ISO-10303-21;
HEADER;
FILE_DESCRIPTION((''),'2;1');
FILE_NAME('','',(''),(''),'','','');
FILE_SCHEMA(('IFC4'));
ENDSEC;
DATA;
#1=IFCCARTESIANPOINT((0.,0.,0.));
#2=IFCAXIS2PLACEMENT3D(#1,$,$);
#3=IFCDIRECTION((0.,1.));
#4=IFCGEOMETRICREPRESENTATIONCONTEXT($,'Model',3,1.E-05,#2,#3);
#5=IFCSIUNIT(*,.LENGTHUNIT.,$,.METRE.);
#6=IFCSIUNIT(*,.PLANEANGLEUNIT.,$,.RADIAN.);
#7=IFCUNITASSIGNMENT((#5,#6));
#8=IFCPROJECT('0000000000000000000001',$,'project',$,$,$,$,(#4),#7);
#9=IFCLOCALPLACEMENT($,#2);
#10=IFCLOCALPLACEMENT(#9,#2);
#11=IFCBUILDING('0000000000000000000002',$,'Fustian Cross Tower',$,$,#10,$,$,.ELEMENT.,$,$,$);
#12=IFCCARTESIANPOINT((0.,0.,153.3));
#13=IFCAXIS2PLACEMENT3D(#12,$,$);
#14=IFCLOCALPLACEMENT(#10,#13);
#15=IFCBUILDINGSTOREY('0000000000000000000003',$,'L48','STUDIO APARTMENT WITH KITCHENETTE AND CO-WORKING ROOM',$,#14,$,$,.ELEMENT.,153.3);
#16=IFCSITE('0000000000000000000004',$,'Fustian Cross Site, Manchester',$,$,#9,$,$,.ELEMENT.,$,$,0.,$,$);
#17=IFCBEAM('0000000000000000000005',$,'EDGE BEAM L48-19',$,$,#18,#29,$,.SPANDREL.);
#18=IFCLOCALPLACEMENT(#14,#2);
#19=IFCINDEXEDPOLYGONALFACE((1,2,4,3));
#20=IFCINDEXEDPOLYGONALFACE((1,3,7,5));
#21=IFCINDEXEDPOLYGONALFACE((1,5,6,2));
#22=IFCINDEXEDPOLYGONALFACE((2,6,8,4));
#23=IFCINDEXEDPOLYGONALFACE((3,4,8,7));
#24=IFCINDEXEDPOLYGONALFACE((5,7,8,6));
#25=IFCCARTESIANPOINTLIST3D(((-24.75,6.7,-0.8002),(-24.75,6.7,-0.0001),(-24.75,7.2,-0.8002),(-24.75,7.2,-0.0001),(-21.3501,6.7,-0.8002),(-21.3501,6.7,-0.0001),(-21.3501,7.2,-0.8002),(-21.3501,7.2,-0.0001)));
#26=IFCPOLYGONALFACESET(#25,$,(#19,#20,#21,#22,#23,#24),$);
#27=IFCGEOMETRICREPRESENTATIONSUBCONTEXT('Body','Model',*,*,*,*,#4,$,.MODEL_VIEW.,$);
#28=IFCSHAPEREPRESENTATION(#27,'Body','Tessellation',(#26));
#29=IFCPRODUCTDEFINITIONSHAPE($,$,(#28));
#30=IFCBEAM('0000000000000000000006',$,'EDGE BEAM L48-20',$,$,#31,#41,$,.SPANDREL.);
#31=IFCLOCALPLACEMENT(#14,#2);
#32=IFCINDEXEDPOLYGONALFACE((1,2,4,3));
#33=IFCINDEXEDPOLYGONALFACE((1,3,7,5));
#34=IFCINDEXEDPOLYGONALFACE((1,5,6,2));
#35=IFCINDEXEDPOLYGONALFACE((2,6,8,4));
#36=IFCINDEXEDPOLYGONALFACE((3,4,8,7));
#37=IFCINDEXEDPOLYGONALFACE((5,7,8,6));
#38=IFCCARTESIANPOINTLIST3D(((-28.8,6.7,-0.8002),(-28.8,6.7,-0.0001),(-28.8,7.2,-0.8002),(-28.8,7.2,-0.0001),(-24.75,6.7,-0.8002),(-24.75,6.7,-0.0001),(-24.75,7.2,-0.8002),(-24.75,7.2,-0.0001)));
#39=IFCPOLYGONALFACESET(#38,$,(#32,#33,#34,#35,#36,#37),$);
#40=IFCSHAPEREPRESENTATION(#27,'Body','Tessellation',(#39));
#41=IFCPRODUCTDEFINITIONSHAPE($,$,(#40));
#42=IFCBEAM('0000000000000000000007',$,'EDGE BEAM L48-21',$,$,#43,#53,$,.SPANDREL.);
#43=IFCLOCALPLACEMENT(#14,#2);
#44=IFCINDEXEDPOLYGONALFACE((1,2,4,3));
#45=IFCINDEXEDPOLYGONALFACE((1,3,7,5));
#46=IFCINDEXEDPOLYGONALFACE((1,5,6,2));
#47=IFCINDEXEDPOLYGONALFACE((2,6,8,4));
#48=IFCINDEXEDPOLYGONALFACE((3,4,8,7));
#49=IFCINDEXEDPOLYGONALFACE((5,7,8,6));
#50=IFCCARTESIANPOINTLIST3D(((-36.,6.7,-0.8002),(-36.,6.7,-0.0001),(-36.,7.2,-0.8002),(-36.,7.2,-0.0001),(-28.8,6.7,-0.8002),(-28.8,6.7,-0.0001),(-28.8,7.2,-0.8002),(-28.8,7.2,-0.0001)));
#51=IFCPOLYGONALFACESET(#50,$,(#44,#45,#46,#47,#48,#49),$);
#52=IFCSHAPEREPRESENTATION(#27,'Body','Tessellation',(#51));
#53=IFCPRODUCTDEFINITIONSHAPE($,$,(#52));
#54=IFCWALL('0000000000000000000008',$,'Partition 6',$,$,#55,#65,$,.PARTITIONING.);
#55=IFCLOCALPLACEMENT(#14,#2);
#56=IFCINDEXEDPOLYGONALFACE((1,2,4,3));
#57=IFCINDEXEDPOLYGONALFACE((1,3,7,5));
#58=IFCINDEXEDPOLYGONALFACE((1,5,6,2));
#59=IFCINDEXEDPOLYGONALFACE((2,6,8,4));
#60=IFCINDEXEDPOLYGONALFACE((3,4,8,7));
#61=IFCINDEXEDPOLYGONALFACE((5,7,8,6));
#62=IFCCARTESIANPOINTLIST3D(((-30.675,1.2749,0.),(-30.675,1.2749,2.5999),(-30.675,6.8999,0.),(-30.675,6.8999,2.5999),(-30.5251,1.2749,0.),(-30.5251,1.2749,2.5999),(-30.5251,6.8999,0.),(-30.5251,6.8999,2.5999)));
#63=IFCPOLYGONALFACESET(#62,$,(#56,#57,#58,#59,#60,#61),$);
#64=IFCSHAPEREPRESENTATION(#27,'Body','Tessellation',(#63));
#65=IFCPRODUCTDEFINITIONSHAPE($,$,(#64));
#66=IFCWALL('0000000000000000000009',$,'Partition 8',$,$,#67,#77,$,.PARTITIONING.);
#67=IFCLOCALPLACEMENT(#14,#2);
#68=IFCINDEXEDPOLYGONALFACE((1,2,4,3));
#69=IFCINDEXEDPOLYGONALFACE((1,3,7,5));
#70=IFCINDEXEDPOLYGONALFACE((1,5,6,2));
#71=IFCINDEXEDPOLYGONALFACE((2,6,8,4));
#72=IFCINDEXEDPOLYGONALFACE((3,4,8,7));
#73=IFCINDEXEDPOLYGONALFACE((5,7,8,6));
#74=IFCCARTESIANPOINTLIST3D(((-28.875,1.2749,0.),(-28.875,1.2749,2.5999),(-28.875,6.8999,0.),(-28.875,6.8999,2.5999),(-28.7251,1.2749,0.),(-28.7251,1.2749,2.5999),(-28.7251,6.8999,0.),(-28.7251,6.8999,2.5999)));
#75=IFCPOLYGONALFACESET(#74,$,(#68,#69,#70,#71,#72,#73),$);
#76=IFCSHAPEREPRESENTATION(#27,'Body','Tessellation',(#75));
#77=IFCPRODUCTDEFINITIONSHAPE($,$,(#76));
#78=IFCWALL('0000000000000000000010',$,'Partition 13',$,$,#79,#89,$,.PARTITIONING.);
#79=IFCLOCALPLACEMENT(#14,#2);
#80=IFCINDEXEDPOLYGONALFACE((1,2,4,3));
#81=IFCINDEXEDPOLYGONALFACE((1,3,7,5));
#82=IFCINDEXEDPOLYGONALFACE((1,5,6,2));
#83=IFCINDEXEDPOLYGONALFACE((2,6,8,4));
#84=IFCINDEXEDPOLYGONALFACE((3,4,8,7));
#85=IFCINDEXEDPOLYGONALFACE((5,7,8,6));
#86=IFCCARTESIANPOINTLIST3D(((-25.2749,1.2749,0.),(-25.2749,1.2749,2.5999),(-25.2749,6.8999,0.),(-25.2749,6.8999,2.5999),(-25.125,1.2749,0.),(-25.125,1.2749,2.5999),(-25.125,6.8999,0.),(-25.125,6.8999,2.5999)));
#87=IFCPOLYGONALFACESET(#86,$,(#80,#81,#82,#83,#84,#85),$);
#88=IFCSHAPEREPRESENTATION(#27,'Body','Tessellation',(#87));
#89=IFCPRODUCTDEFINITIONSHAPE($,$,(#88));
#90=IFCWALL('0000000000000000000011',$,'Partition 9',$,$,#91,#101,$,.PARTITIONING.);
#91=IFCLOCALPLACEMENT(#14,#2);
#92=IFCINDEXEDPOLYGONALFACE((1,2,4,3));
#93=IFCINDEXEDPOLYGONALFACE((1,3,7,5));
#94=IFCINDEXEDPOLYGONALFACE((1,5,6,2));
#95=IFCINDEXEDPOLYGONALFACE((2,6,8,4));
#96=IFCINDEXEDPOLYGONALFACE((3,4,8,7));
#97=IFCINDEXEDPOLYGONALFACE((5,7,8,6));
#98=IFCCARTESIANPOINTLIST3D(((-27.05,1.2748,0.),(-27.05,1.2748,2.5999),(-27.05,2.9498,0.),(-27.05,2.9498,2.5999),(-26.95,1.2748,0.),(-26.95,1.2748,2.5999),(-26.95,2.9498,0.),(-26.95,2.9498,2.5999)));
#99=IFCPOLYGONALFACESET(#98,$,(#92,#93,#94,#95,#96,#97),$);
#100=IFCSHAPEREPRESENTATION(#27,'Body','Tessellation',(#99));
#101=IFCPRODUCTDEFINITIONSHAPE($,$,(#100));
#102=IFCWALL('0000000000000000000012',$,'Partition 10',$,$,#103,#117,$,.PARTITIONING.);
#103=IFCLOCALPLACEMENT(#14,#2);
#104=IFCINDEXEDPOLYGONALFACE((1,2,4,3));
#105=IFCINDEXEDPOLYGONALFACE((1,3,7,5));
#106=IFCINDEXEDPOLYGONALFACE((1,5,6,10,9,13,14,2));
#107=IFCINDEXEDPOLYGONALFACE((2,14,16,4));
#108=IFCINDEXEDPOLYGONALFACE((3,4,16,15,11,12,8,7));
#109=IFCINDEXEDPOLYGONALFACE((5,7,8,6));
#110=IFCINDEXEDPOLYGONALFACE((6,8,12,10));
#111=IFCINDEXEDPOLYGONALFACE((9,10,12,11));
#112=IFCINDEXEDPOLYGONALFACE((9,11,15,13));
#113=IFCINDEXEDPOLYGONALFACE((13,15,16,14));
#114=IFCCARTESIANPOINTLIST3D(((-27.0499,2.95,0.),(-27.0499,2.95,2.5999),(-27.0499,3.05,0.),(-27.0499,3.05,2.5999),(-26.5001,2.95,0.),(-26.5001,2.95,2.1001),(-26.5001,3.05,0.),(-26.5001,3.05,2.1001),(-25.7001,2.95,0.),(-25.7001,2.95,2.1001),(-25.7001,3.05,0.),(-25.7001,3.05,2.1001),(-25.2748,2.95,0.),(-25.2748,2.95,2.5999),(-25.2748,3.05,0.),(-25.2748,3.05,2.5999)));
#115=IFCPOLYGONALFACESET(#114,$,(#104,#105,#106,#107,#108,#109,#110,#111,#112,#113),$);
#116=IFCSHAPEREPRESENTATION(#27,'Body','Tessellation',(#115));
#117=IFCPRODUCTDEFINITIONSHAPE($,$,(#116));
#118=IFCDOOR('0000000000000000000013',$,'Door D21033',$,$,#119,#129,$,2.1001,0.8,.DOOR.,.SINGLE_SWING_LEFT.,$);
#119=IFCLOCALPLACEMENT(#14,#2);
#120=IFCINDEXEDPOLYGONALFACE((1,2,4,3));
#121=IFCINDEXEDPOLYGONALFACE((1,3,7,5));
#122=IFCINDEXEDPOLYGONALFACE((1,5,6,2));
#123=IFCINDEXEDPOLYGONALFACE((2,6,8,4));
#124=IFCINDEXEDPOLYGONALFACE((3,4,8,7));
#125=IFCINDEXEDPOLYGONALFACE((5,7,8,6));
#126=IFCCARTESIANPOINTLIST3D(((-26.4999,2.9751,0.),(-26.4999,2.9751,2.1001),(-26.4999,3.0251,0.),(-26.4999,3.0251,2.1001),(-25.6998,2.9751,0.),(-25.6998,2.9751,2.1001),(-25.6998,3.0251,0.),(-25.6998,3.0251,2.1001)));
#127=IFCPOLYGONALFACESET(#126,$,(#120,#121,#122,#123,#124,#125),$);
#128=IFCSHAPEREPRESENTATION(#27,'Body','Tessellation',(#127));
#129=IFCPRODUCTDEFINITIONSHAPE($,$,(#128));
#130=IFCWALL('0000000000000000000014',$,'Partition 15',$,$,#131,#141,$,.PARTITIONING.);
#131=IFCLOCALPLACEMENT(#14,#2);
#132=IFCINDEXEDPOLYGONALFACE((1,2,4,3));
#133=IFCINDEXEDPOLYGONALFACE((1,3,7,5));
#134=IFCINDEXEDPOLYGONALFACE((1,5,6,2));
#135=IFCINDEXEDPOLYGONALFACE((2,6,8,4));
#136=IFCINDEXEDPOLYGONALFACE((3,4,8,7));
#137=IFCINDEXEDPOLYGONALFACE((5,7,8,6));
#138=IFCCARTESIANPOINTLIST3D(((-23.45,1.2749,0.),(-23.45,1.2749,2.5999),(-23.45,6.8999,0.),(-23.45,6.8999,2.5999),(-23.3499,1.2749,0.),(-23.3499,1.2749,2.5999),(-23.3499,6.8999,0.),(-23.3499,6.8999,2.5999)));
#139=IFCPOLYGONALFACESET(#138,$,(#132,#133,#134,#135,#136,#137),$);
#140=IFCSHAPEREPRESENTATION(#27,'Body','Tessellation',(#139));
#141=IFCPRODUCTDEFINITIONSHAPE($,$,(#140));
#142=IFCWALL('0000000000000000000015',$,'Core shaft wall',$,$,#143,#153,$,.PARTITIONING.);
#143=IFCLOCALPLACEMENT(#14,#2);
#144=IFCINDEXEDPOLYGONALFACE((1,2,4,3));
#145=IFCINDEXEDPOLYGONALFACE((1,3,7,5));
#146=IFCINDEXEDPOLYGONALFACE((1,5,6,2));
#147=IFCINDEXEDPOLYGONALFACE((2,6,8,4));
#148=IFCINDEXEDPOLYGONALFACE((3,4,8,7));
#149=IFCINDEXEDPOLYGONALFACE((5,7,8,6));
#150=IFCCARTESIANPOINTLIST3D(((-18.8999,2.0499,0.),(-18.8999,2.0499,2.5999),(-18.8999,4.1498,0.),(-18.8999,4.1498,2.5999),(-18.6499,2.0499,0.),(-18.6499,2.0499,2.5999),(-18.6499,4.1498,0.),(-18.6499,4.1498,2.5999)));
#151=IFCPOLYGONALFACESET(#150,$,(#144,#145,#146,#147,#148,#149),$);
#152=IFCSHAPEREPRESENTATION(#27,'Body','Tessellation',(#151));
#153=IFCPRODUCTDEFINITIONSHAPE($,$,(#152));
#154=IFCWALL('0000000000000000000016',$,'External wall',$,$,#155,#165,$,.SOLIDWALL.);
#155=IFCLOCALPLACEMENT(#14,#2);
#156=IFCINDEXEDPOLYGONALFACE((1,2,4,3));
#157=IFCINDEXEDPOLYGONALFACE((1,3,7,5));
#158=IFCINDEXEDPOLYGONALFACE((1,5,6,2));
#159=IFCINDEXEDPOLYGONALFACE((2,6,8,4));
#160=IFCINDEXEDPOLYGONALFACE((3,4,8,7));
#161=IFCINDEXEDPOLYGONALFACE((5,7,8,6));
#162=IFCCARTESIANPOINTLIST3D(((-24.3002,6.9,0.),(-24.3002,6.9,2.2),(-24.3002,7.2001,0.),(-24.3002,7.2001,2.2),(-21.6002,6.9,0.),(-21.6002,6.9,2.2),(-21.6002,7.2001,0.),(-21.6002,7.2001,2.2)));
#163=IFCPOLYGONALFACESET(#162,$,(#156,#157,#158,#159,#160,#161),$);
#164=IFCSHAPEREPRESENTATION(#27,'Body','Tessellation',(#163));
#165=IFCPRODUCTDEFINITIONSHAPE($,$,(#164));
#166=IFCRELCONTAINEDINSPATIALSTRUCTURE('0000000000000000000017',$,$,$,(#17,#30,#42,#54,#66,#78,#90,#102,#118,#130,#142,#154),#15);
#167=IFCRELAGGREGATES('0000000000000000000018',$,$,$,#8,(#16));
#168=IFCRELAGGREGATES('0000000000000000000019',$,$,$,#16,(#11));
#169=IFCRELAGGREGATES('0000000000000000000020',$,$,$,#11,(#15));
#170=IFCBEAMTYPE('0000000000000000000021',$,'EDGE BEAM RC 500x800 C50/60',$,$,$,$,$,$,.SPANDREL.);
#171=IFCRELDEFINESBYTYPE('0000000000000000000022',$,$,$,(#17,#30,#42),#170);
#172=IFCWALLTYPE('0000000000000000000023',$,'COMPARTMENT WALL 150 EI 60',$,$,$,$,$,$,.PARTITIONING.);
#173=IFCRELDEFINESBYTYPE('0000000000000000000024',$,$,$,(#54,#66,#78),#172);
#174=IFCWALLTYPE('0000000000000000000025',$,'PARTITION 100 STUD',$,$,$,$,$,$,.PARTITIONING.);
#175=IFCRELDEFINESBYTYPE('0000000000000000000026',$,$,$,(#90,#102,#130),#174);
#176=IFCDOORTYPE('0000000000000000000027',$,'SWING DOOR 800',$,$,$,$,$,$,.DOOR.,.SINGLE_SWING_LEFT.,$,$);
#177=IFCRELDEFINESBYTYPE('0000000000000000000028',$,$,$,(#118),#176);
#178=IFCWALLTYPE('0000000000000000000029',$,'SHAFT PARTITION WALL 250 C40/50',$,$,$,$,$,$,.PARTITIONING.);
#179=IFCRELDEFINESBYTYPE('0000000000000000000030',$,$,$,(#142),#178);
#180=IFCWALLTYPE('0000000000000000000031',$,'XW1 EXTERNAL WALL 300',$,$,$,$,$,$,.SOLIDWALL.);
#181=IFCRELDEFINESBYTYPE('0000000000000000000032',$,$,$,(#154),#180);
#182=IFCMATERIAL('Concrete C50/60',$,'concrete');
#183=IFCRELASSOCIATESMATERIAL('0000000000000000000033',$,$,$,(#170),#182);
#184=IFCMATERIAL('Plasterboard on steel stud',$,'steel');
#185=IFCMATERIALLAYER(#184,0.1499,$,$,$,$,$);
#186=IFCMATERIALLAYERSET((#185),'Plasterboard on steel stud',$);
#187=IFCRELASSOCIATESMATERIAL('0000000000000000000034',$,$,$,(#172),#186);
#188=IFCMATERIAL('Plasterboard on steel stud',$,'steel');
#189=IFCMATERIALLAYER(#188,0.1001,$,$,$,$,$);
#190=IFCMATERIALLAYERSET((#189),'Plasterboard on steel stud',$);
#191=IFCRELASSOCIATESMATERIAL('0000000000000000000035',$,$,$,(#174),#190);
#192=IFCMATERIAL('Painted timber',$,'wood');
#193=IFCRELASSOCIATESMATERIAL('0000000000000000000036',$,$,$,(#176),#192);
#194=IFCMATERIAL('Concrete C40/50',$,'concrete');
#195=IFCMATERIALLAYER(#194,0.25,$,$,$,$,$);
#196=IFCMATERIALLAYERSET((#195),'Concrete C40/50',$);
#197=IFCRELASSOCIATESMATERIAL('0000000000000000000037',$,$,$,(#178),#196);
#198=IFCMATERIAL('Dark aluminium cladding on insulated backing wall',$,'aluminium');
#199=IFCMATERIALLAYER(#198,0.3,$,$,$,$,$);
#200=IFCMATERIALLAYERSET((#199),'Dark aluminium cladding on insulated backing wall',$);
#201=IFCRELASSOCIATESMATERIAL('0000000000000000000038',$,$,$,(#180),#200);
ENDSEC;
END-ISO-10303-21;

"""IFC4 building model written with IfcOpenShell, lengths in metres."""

from ifc_helpers import new_model, si_unit, direction, frame, frame_2d, origin, origin_2d, place, context, subcontext, project, spatial, rectangle, extrude, material, layer, layer_set, material_profile, profile_set, type_object, element, fill, save


model = new_model("IFC4")

# Units and contexts
model_context = context("Model", 3, precision=1e-05, world=origin(), true_north=direction((0.0, 1.0)))
body_context = subcontext(model_context, "Body", "Model", "MODEL_VIEW")
ifc_project = project(units=[si_unit("LENGTHUNIT", "METRE"), si_unit("PLANEANGLEUNIT", "RADIAN")], contexts=[model_context])

# Site, building, storey
site_placement = place(None, origin())
site = spatial("IfcSite", under=ifc_project, at=site_placement, Name="Fustian Cross Site, Manchester", CompositionType="ELEMENT", RefElevation=0.0)
building_placement = place(site_placement, origin())
building = spatial("IfcBuilding", under=site, at=building_placement, Name="Fustian Cross Tower", CompositionType="ELEMENT")
storey_placement = place(building_placement, frame((0.0, 0.0, 153.3)))
storey = spatial("IfcBuildingStorey", under=building, at=storey_placement, Name="L48", Description="STUDIO APARTMENT WITH KITCHENETTE AND CO-WORKING ROOM", CompositionType="ELEMENT", Elevation=153.3)

# Beams
ifc_material_1 = material(Name="Concrete C50/60", Category="concrete")
ifc_material_profile_1 = material_profile(ifc_material_1, rectangle(XDim=0.5, YDim=0.8, at=origin_2d()), Name="RC 500x800")
ifc_profile_set_1 = profile_set([ifc_material_profile_1], Name="Concrete C50/60")
beam_type = type_object("IfcBeamType", Name="EDGE BEAM RC 500x800 C50/60", PredefinedType="SPANDREL", material=ifc_profile_set_1)
beam_1_placement = place(storey_placement, frame((-21.3501, 6.95, -0.4001), z_axis=(-1.0, 0.0, 0.0), x_axis=(0.0, -1.0, 0.0)))
element("IfcBeam", 1, at=beam_1_placement, inside=storey, type_object=beam_type, Name="EDGE BEAM L48-19", PredefinedType="SPANDREL", context=body_context, shape_type="SweptSolid", body=[
    extrude(rectangle(XDim=0.5, YDim=0.8, at=origin_2d()), origin(), (0.0, 0.0, 1.0), 3.3999),
])
beam_2_placement = place(storey_placement, frame((-24.75, 6.95, -0.4001), z_axis=(-1.0, 0.0, 0.0), x_axis=(0.0, -1.0, 0.0)))
element("IfcBeam", 2, at=beam_2_placement, inside=storey, type_object=beam_type, Name="EDGE BEAM L48-20", PredefinedType="SPANDREL", context=body_context, shape_type="SweptSolid", body=[
    extrude(rectangle(XDim=0.5, YDim=0.8, at=origin_2d()), origin(), (0.0, 0.0, 1.0), 4.05),
])
beam_3_placement = place(storey_placement, frame((-28.8, 6.95, -0.4001), z_axis=(-1.0, 0.0, 0.0), x_axis=(0.0, -1.0, 0.0)))
element("IfcBeam", 3, at=beam_3_placement, inside=storey, type_object=beam_type, Name="EDGE BEAM L48-21", PredefinedType="SPANDREL", context=body_context, shape_type="SweptSolid", body=[
    extrude(rectangle(XDim=0.5, YDim=0.8, at=origin_2d()), origin(), (0.0, 0.0, 1.0), 7.2),
])

# Walls
ifc_material_2 = material(Name="Plasterboard on steel stud", Category="steel")
ifc_layer_1 = layer(ifc_material_2, 0.1499)
ifc_layer_set_1 = layer_set([ifc_layer_1], Name="Plasterboard on steel stud")
wall_type_1 = type_object("IfcWallType", Name="COMPARTMENT WALL 150 EI 60", PredefinedType="PARTITIONING", material=ifc_layer_set_1)
for number, where, z_axis, x_axis, name in (
    (4, (-30.6001, 1.2749, 0.0), (0.0, 0.0, 1.0), (0.0, 1.0, 0.0), "Partition 6"),
    (5, (-28.8, 1.2749, 0.0), (0.0, 0.0, 1.0), (0.0, 1.0, 0.0), "Partition 8"),
    (6, (-25.2, 1.2749, 0.0), (0.0, 0.0, 1.0), (0.0, 1.0, 0.0), "Partition 13"),
):
    element("IfcWall", number, at=place(storey_placement, frame(where, z_axis=z_axis, x_axis=x_axis)), inside=storey, type_object=wall_type_1, Name=name, PredefinedType="PARTITIONING", context=body_context, shape_type="SweptSolid", body=[
        extrude(rectangle(XDim=5.625, YDim=0.1499, at=frame_2d((2.8125, 0.0))), origin(), (0.0, 0.0, 1.0), 2.5999),
    ])
ifc_material_3 = material(Name="Plasterboard on steel stud", Category="steel")
ifc_layer_2 = layer(ifc_material_3, 0.1001)
ifc_layer_set_2 = layer_set([ifc_layer_2], Name="Plasterboard on steel stud")
wall_type_2 = type_object("IfcWallType", Name="PARTITION 100 STUD", PredefinedType="PARTITIONING", material=ifc_layer_set_2)
wall_1_placement = place(storey_placement, frame((-27.0, 1.2749, 0.0), z_axis=(0.0, 0.0, 1.0), x_axis=(0.0, 1.0, 0.0)))
element("IfcWall", 7, at=wall_1_placement, inside=storey, type_object=wall_type_2, Name="Partition 9", PredefinedType="PARTITIONING", context=body_context, shape_type="SweptSolid", body=[
    extrude(rectangle(XDim=1.675, YDim=0.1001, at=frame_2d((0.8374, 0.0))), origin(), (0.0, 0.0, 1.0), 2.5999),
])

# Wall, opening, door
wall_2_placement = place(storey_placement, frame((-27.05, 3.0, 0.0), z_axis=(0.0, 0.0, 1.0), x_axis=(1.0, 0.0, 0.0)))
wall_2 = element("IfcWall", 8, at=wall_2_placement, inside=storey, type_object=wall_type_2, Name="Partition 10", PredefinedType="PARTITIONING", context=body_context, shape_type="SweptSolid", body=[
    extrude(rectangle(XDim=1.7751, YDim=0.1001, at=frame_2d((0.8877, 0.0))), origin(), (0.0, 0.0, 1.0), 2.5999),
])
opening_1_placement = place(wall_2_placement, frame((0.55, 0.0, 0.0)))
opening_1 = element("IfcOpeningElement", 9, at=opening_1_placement, cuts=wall_2, PredefinedType="OPENING", context=body_context, shape_type="SweptSolid", body=[
    extrude(rectangle(XDim=0.8, YDim=2.1001, at=frame_2d((0.3999, 1.05))), frame((0.0, 0.0601, 0.0), z_axis=(0.0, -1.0, 0.0), x_axis=(1.0, 0.0, 0.0)), (0.0, 0.0, 1.0), 0.1201),
])
ifc_material_4 = material(Name="Painted timber", Category="wood")
door_type = type_object("IfcDoorType", Name="SWING DOOR 800", OperationType="SINGLE_SWING_LEFT", PredefinedType="DOOR", material=ifc_material_4)
door_placement = place(opening_1_placement, frame((0.8, 0.0, 0.0), z_axis=(0.0, 0.0, 1.0), x_axis=(-1.0, 0.0, 0.0)))
door = element("IfcDoor", 10, at=door_placement, inside=storey, type_object=door_type, Name="Door D21033", OperationType="SINGLE_SWING_LEFT", OverallHeight=2.1001, OverallWidth=0.8, PredefinedType="DOOR", context=body_context, shape_type="SweptSolid", body=[
    extrude(rectangle(XDim=0.8, YDim=2.1001, at=frame_2d((0.3999, 1.05))), frame((0.0, 0.0249, 0.0), z_axis=(0.0, -1.0, 0.0), x_axis=(1.0, 0.0, 0.0)), (0.0, 0.0, 1.0), 0.05),
])
fill(opening_1, door)

# Walls
wall_3_placement = place(storey_placement, frame((-23.3999, 1.2749, 0.0), z_axis=(0.0, 0.0, 1.0), x_axis=(0.0, 1.0, 0.0)))
element("IfcWall", 11, at=wall_3_placement, inside=storey, type_object=wall_type_2, Name="Partition 15", PredefinedType="PARTITIONING", context=body_context, shape_type="SweptSolid", body=[
    extrude(rectangle(XDim=5.625, YDim=0.1001, at=frame_2d((2.8125, 0.0))), origin(), (0.0, 0.0, 1.0), 2.5999),
])
ifc_material_5 = material(Name="Concrete C40/50", Category="concrete")
ifc_layer_3 = layer(ifc_material_5, 0.25)
ifc_layer_set_3 = layer_set([ifc_layer_3], Name="Concrete C40/50")
wall_type_3 = type_object("IfcWallType", Name="SHAFT PARTITION WALL 250 C40/50", PredefinedType="PARTITIONING", material=ifc_layer_set_3)
wall_4_placement = place(storey_placement, frame((-18.7749, 2.05, 0.0), z_axis=(0.0, 0.0, 1.0), x_axis=(0.0, 1.0, 0.0)))
element("IfcWall", 12, at=wall_4_placement, inside=storey, type_object=wall_type_3, Name="Core shaft wall", PredefinedType="PARTITIONING", context=body_context, shape_type="SweptSolid", body=[
    extrude(rectangle(XDim=2.0999, YDim=0.25, at=frame_2d((1.0498, 0.0))), origin(), (0.0, 0.0, 1.0), 2.5999),
])
ifc_material_6 = material(Name="Dark aluminium cladding on insulated backing wall", Category="aluminium")
ifc_layer_4 = layer(ifc_material_6, 0.3)
ifc_layer_set_4 = layer_set([ifc_layer_4], Name="Dark aluminium cladding on insulated backing wall")
wall_type_4 = type_object("IfcWallType", Name="XW1 EXTERNAL WALL 300", PredefinedType="SOLIDWALL", material=ifc_layer_set_4)
wall_5_placement = place(storey_placement, frame((-21.6001, 7.05, 0.0), z_axis=(0.0, 0.0, 1.0), x_axis=(-1.0, 0.0, 0.0)))
element("IfcWall", 13, at=wall_5_placement, inside=storey, type_object=wall_type_4, Name="External wall", PredefinedType="SOLIDWALL", context=body_context, shape_type="SweptSolid", body=[
    extrude(rectangle(XDim=2.7, YDim=0.3, at=frame_2d((1.3501, 0.0))), origin(), (0.0, 0.0, 1.0), 2.2),
])

save(model, "model.ifc")
